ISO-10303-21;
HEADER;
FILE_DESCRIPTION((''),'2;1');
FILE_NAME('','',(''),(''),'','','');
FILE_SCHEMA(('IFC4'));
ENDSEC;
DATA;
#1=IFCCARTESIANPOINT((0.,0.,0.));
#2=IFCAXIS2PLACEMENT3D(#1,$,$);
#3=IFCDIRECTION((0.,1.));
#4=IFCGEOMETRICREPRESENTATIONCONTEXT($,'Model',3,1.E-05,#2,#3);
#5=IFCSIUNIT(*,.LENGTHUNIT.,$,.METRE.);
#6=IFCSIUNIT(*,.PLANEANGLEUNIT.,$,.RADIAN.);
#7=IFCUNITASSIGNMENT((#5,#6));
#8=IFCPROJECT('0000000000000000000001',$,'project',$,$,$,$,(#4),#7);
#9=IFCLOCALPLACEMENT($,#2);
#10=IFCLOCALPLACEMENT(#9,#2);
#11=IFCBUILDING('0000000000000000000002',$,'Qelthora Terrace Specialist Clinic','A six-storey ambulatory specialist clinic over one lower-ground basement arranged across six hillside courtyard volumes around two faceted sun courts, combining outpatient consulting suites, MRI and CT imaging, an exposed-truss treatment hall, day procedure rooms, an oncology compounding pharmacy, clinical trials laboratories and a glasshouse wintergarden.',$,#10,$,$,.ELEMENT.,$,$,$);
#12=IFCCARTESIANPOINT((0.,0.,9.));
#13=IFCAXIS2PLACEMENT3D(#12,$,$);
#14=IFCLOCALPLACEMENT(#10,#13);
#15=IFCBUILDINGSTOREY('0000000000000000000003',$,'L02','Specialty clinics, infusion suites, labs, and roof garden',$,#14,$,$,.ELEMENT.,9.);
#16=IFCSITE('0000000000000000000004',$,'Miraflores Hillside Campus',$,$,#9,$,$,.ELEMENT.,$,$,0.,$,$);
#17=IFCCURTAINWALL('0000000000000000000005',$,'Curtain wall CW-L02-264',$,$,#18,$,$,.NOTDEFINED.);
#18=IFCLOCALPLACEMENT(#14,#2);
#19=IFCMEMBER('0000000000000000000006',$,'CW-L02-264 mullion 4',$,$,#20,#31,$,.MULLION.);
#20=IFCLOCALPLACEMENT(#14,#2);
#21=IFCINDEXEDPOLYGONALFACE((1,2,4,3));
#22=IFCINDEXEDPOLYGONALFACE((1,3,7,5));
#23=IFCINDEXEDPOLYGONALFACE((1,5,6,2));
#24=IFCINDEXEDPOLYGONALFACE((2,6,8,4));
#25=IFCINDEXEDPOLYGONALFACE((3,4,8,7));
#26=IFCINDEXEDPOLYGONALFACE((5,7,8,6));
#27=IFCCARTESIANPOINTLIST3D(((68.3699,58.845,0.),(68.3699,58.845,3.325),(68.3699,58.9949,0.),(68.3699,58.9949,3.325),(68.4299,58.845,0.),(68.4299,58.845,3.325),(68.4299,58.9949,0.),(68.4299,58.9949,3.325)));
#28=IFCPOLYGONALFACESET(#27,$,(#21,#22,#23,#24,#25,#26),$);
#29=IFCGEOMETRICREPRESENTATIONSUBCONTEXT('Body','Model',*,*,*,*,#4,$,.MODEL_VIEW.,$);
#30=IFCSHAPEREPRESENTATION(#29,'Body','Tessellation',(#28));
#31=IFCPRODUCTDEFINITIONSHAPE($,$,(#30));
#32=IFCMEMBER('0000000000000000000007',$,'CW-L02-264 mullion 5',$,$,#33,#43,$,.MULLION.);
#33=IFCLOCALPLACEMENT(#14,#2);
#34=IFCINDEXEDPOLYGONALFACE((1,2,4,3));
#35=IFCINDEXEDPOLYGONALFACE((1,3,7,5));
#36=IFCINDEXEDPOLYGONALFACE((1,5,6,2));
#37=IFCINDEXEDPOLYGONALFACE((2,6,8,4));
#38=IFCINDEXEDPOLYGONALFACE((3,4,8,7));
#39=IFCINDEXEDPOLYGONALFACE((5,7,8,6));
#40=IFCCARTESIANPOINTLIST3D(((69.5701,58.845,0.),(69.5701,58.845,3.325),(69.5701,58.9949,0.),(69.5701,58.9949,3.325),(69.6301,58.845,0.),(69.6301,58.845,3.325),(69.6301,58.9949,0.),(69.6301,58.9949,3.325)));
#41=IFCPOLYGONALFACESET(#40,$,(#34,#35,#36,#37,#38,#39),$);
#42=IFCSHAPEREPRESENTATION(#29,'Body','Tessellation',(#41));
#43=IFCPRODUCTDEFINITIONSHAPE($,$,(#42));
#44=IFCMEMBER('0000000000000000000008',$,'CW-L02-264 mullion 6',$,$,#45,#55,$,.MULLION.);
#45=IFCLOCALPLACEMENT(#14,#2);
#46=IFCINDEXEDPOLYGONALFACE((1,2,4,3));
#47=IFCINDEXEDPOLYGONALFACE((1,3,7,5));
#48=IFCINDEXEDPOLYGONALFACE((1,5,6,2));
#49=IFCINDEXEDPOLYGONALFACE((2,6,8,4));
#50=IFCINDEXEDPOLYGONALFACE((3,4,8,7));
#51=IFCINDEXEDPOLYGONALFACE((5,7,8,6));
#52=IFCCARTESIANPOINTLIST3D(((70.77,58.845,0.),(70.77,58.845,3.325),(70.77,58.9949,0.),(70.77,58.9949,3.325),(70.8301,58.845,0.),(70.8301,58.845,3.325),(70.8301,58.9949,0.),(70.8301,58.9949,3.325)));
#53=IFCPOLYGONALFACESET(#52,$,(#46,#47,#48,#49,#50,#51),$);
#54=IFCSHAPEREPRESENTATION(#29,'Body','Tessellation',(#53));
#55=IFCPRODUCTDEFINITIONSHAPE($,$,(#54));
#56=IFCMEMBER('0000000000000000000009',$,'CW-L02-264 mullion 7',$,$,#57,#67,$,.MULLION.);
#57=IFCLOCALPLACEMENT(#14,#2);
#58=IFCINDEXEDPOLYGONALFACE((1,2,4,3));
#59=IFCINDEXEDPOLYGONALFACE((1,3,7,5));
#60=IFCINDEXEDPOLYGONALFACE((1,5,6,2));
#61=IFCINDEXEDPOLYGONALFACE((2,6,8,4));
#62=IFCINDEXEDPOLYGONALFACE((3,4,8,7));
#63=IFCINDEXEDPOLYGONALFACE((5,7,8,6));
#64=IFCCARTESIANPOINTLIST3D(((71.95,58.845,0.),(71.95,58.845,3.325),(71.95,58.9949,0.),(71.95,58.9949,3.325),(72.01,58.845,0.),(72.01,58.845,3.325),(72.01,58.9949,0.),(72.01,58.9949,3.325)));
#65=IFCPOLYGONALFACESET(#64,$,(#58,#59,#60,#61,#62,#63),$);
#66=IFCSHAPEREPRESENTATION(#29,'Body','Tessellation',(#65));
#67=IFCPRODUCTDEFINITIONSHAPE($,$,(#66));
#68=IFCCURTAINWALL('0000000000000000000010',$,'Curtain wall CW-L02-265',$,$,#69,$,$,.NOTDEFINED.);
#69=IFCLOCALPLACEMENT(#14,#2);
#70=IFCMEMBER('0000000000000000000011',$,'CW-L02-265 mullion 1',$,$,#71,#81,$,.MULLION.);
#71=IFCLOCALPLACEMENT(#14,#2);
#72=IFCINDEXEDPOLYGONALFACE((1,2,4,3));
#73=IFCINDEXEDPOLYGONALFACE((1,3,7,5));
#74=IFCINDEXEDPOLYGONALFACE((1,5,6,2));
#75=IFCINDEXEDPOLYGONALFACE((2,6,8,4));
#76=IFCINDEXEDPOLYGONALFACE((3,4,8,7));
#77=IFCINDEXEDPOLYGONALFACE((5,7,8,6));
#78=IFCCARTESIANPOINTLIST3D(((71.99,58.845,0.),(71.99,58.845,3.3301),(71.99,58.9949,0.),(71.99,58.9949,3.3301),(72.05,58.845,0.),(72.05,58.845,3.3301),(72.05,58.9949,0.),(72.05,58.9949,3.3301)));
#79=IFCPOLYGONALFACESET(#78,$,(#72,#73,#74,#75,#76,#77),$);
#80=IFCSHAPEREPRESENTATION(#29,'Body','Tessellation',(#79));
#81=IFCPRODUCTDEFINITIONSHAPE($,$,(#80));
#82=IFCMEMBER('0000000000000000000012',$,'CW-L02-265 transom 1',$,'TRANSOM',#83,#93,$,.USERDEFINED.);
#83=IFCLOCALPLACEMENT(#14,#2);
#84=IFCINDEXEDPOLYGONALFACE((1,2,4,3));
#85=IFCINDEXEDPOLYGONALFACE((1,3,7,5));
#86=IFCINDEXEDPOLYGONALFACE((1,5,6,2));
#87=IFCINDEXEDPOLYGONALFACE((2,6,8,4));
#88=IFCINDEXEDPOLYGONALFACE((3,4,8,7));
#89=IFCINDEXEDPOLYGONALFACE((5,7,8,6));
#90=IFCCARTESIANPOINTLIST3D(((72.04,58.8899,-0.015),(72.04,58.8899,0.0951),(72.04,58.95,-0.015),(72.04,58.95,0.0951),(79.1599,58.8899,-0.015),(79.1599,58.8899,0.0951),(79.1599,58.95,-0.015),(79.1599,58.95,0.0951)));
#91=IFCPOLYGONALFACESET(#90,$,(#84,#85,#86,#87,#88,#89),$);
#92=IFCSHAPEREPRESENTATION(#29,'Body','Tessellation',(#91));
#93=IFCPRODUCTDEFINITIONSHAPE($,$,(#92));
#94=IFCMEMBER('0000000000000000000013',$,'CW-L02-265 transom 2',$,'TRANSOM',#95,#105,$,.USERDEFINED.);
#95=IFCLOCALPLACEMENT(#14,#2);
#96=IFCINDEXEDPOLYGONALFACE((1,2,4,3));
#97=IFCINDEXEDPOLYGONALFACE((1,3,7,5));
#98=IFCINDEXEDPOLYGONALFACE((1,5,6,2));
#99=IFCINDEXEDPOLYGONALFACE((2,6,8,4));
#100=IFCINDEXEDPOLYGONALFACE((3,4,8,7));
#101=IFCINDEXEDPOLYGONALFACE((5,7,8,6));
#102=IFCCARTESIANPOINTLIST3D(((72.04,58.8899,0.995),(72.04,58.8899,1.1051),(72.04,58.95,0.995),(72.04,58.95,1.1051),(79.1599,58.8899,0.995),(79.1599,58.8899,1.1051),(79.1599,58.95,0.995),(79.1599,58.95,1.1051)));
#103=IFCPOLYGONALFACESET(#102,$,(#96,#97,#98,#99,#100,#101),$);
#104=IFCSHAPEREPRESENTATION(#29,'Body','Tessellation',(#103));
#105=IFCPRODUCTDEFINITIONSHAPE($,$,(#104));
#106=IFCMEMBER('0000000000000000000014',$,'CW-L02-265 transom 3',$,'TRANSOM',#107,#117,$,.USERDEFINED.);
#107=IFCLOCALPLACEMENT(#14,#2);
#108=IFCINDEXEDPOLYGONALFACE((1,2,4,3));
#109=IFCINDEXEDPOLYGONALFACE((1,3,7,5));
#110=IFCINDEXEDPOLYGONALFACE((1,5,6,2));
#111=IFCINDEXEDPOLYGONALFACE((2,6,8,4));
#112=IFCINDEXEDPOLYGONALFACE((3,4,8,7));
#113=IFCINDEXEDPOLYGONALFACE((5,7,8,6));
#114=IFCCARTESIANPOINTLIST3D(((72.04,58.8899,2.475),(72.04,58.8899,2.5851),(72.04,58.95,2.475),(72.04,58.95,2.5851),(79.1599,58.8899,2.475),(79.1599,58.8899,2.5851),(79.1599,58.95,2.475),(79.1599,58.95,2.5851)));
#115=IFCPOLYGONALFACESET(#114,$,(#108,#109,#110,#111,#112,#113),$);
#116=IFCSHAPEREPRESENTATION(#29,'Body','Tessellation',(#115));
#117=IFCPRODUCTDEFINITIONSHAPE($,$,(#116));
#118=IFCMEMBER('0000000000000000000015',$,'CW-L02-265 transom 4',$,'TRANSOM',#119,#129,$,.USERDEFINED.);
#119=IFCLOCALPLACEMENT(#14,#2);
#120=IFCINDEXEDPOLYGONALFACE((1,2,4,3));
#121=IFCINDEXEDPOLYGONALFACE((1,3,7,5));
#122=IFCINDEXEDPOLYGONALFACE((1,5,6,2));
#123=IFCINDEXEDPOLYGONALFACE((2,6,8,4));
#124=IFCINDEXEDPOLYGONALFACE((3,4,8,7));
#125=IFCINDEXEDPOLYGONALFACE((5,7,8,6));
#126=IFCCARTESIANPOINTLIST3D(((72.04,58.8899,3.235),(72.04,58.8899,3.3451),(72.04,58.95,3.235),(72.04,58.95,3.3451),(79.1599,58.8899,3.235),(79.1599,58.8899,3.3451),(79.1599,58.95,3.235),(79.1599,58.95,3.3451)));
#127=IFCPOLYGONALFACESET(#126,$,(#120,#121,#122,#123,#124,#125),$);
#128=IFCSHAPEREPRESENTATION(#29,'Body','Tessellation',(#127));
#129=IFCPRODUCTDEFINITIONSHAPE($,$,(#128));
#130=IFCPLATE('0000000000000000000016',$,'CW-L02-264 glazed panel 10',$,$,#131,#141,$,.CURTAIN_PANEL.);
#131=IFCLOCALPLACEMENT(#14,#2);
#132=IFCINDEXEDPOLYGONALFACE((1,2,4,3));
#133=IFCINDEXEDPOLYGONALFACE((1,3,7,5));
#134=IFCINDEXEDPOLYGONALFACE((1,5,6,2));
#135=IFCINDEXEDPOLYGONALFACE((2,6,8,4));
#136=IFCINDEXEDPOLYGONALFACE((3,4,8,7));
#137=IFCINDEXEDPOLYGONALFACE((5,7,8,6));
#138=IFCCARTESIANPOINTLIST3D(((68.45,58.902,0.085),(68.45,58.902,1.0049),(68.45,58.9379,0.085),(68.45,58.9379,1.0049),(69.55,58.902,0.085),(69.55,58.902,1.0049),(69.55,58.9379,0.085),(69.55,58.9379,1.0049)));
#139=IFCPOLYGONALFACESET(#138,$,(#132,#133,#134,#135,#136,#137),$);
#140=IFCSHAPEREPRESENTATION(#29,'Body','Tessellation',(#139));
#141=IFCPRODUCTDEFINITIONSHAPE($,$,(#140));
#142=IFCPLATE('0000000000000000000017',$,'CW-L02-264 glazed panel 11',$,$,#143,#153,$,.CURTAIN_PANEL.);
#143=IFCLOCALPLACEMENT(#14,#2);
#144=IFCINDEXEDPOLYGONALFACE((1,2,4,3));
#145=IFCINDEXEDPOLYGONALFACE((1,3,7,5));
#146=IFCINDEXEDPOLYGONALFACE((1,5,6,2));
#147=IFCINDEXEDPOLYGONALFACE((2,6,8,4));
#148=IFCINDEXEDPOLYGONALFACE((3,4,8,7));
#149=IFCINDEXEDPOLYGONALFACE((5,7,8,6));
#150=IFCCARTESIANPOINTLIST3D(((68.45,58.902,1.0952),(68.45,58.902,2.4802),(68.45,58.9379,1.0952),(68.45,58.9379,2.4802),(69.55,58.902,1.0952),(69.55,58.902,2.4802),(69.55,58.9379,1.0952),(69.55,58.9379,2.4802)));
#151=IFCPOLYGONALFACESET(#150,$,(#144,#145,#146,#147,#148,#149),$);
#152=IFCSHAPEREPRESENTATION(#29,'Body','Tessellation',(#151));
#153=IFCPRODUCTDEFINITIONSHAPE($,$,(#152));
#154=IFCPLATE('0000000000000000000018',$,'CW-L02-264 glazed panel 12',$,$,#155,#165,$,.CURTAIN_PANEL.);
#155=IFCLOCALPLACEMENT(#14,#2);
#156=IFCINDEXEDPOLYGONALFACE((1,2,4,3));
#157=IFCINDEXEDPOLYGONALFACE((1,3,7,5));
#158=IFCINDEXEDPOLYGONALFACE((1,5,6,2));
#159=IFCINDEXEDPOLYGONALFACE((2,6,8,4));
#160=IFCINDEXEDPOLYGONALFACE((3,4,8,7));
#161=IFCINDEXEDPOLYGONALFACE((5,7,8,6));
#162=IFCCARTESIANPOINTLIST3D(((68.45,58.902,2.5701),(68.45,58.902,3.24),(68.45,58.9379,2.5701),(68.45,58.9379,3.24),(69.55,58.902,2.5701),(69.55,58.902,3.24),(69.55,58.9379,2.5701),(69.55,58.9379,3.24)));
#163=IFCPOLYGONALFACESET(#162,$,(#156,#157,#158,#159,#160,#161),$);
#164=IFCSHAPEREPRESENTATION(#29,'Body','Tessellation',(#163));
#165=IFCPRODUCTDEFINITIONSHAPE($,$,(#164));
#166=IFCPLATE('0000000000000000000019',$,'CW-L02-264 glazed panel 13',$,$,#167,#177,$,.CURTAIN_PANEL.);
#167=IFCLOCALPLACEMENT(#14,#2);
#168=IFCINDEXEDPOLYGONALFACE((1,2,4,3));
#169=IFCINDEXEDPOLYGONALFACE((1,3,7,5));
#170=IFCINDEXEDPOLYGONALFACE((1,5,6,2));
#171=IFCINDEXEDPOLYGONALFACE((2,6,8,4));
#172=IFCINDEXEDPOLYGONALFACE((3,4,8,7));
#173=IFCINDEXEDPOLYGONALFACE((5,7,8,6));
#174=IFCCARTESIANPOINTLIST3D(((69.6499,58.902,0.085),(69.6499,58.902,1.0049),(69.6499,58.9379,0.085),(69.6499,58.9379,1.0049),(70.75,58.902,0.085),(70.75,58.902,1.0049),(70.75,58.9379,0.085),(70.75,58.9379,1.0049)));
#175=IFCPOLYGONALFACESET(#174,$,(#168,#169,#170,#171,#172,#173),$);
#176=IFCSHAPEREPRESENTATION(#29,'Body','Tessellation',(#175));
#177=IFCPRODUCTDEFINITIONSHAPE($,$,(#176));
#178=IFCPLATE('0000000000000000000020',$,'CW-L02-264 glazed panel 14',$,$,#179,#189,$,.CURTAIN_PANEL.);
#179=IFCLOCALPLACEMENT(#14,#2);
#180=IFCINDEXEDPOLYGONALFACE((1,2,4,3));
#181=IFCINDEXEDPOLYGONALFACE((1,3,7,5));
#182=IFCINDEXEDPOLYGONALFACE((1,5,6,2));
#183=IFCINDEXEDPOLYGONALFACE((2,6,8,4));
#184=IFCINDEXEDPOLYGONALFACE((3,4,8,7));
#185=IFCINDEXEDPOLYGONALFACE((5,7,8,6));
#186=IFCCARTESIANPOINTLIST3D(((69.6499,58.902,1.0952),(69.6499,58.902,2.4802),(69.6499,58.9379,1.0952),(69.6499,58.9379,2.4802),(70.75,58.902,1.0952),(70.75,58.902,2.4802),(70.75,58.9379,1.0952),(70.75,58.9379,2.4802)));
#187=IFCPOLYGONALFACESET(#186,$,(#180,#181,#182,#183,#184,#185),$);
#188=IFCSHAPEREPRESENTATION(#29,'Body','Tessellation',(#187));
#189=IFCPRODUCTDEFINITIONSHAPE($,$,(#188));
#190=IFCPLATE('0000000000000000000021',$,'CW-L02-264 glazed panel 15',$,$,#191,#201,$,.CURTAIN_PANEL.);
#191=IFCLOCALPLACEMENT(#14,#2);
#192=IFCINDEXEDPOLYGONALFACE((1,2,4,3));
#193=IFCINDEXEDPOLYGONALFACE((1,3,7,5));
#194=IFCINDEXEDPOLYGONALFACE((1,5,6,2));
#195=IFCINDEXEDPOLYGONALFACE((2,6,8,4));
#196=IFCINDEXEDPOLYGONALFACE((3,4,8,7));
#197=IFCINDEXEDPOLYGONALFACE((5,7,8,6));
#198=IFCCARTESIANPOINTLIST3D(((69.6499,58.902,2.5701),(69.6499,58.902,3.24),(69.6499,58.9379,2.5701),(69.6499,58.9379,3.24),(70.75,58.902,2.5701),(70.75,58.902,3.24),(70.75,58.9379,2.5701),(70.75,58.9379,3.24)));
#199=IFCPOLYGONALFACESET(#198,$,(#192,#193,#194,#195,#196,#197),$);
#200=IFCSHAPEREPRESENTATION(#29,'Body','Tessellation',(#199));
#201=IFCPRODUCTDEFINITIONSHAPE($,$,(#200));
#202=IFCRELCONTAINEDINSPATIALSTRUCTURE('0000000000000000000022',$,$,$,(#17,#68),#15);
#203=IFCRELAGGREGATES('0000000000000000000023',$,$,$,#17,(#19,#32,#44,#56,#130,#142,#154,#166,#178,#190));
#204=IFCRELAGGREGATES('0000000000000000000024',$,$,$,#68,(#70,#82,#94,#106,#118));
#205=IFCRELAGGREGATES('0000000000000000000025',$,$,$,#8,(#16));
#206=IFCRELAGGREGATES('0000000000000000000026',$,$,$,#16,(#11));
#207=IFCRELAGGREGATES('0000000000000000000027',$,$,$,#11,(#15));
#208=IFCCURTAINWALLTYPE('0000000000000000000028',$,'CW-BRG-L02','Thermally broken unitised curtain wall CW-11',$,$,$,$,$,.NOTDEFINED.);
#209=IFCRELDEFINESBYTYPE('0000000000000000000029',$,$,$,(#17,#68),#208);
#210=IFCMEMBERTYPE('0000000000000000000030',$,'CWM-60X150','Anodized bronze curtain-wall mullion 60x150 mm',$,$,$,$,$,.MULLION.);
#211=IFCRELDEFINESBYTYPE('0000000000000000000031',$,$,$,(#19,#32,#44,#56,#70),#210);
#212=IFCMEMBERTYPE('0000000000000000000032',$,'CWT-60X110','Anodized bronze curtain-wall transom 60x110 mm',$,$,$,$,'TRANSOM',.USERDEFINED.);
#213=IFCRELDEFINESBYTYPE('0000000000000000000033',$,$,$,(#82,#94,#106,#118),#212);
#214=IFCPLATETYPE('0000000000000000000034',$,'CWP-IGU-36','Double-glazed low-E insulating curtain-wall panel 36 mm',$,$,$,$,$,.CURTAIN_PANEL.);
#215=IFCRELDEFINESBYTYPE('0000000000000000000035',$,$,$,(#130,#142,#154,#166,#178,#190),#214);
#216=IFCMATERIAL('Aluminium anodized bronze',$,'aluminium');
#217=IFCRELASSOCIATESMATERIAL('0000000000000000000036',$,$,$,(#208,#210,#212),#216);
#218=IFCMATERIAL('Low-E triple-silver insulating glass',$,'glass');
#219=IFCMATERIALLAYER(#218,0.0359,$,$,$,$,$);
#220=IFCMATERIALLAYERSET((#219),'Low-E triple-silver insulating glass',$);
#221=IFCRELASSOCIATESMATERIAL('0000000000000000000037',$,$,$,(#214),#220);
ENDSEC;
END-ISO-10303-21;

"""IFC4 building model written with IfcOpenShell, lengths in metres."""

from ifc_helpers import new_model, si_unit, direction, frame, origin, origin_2d, place, context, subcontext, project, spatial, rectangle, extrude, material, layer, layer_set, material_profile, profile_set, type_object, element, aggregate, save


model = new_model("IFC4")

# Units and contexts
model_context = context("Model", 3, precision=1e-05, world=origin(), true_north=direction((0.0, 1.0)))
body_context = subcontext(model_context, "Body", "Model", "MODEL_VIEW")
ifc_project = project(units=[si_unit("LENGTHUNIT", "METRE"), si_unit("PLANEANGLEUNIT", "RADIAN")], contexts=[model_context])

# Site, building, storey
site_placement = place(None, origin())
site = spatial("IfcSite", under=ifc_project, at=site_placement, Name="Miraflores Hillside Campus", CompositionType="ELEMENT", RefElevation=0.0)
building_placement = place(site_placement, origin())
building = spatial("IfcBuilding", under=site, at=building_placement, Name="Qelthora Terrace Specialist Clinic", Description="A six-storey ambulatory specialist clinic over one lower-ground basement arranged across six hillside courtyard volumes around two faceted sun courts, combining outpatient consulting suites, MRI and CT imaging, an exposed-truss treatment hall, day procedure rooms, an oncology compounding pharmacy, clinical trials laboratories and a glasshouse wintergarden.", CompositionType="ELEMENT")
storey_placement = place(building_placement, frame((0.0, 0.0, 9.0)))
storey = spatial("IfcBuildingStorey", under=building, at=storey_placement, Name="L02", Description="Specialty clinics, infusion suites, labs, and roof garden", CompositionType="ELEMENT", Elevation=9.0)

# Curtain walls, members
ifc_material_1 = material(Name="Aluminium anodized bronze", Category="aluminium")
curtain_wall_type = type_object("IfcCurtainWallType", Name="CW-BRG-L02", Description="Thermally broken unitised curtain wall CW-11", PredefinedType="NOTDEFINED", material=ifc_material_1)
curtain_wall_1_placement = place(storey_placement, origin())
curtain_wall_1 = element("IfcCurtainWall", 1, at=curtain_wall_1_placement, inside=storey, type_object=curtain_wall_type, Name="Curtain wall CW-L02-264", PredefinedType="NOTDEFINED")
ifc_material_profile_1 = material_profile(ifc_material_1, rectangle(XDim=0.0601, YDim=0.1499, at=origin_2d()), Name="CWM60X150")
ifc_profile_set_1 = profile_set([ifc_material_profile_1], Name="Aluminium anodized bronze")
member_type_1 = type_object("IfcMemberType", Name="CWM-60X150", Description="Anodized bronze curtain-wall mullion 60x150 mm", PredefinedType="MULLION", material=ifc_profile_set_1)
member_1_placement = place(storey_placement, frame((68.3999, 58.9199, 0.0), z_axis=(0.0, 0.0, 1.0), x_axis=(1.0, 0.0, 0.0)))
member_1 = element("IfcMember", 2, at=member_1_placement, type_object=member_type_1, Name="CW-L02-264 mullion 4", PredefinedType="MULLION", context=body_context, shape_type="SweptSolid", body=[
    extrude(rectangle(XDim=0.0601, YDim=0.1499, at=origin_2d()), origin(), (0.0, 0.0, 1.0), 3.325),
])
member_2_placement = place(storey_placement, frame((69.6001, 58.9199, 0.0), z_axis=(0.0, 0.0, 1.0), x_axis=(1.0, 0.0, 0.0)))
member_2 = element("IfcMember", 3, at=member_2_placement, type_object=member_type_1, Name="CW-L02-264 mullion 5", PredefinedType="MULLION", context=body_context, shape_type="SweptSolid", body=[
    extrude(rectangle(XDim=0.0601, YDim=0.1499, at=origin_2d()), origin(), (0.0, 0.0, 1.0), 3.325),
])
member_3_placement = place(storey_placement, frame((70.8, 58.9199, 0.0), z_axis=(0.0, 0.0, 1.0), x_axis=(1.0, 0.0, 0.0)))
member_3 = element("IfcMember", 4, at=member_3_placement, type_object=member_type_1, Name="CW-L02-264 mullion 6", PredefinedType="MULLION", context=body_context, shape_type="SweptSolid", body=[
    extrude(rectangle(XDim=0.0601, YDim=0.1499, at=origin_2d()), origin(), (0.0, 0.0, 1.0), 3.325),
])
member_4_placement = place(storey_placement, frame((71.98, 58.9199, 0.0), z_axis=(0.0, 0.0, 1.0), x_axis=(1.0, 0.0, 0.0)))
member_4 = element("IfcMember", 5, at=member_4_placement, type_object=member_type_1, Name="CW-L02-264 mullion 7", PredefinedType="MULLION", context=body_context, shape_type="SweptSolid", body=[
    extrude(rectangle(XDim=0.0601, YDim=0.1499, at=origin_2d()), origin(), (0.0, 0.0, 1.0), 3.325),
])
curtain_wall_2_placement = place(storey_placement, origin())
curtain_wall_2 = element("IfcCurtainWall", 6, at=curtain_wall_2_placement, inside=storey, type_object=curtain_wall_type, Name="Curtain wall CW-L02-265", PredefinedType="NOTDEFINED")
member_5_placement = place(storey_placement, frame((72.02, 58.9199, 0.0), z_axis=(0.0, 0.0, 1.0), x_axis=(1.0, 0.0, 0.0)))
member_5 = element("IfcMember", 7, at=member_5_placement, type_object=member_type_1, Name="CW-L02-265 mullion 1", PredefinedType="MULLION", context=body_context, shape_type="SweptSolid", body=[
    extrude(rectangle(XDim=0.0601, YDim=0.1499, at=origin_2d()), origin(), (0.0, 0.0, 1.0), 3.3301),
])
ifc_material_profile_2 = material_profile(ifc_material_1, rectangle(XDim=0.0601, YDim=0.1101, at=origin_2d()), Name="CWT60X110")
ifc_profile_set_2 = profile_set([ifc_material_profile_2], Name="Aluminium anodized bronze")
member_type_2 = type_object("IfcMemberType", Name="CWT-60X110", Description="Anodized bronze curtain-wall transom 60x110 mm", ElementType="TRANSOM", PredefinedType="USERDEFINED", material=ifc_profile_set_2)
member_6_placement = place(storey_placement, frame((72.04, 58.9199, 0.04), z_axis=(1.0, 0.0, 0.0), x_axis=(0.0, 1.0, 0.0)))
member_6 = element("IfcMember", 8, at=member_6_placement, type_object=member_type_2, Name="CW-L02-265 transom 1", ObjectType="TRANSOM", PredefinedType="USERDEFINED", context=body_context, shape_type="SweptSolid", body=[
    extrude(rectangle(XDim=0.0601, YDim=0.1101, at=origin_2d()), origin(), (0.0, 0.0, 1.0), 7.1199),
])
member_7_placement = place(storey_placement, frame((72.04, 58.9199, 1.05), z_axis=(1.0, 0.0, 0.0), x_axis=(0.0, 1.0, 0.0)))
member_7 = element("IfcMember", 9, at=member_7_placement, type_object=member_type_2, Name="CW-L02-265 transom 2", ObjectType="TRANSOM", PredefinedType="USERDEFINED", context=body_context, shape_type="SweptSolid", body=[
    extrude(rectangle(XDim=0.0601, YDim=0.1101, at=origin_2d()), origin(), (0.0, 0.0, 1.0), 7.1199),
])
member_8_placement = place(storey_placement, frame((72.04, 58.9199, 2.53), z_axis=(1.0, 0.0, 0.0), x_axis=(0.0, 1.0, 0.0)))
member_8 = element("IfcMember", 10, at=member_8_placement, type_object=member_type_2, Name="CW-L02-265 transom 3", ObjectType="TRANSOM", PredefinedType="USERDEFINED", context=body_context, shape_type="SweptSolid", body=[
    extrude(rectangle(XDim=0.0601, YDim=0.1101, at=origin_2d()), origin(), (0.0, 0.0, 1.0), 7.1199),
])
member_9_placement = place(storey_placement, frame((72.04, 58.9199, 3.29), z_axis=(1.0, 0.0, 0.0), x_axis=(0.0, 1.0, 0.0)))
member_9 = element("IfcMember", 11, at=member_9_placement, type_object=member_type_2, Name="CW-L02-265 transom 4", ObjectType="TRANSOM", PredefinedType="USERDEFINED", context=body_context, shape_type="SweptSolid", body=[
    extrude(rectangle(XDim=0.0601, YDim=0.1101, at=origin_2d()), origin(), (0.0, 0.0, 1.0), 7.1199),
])

# Plates
ifc_material_2 = material(Name="Low-E triple-silver insulating glass", Category="glass")
ifc_layer = layer(ifc_material_2, 0.0359)
ifc_layer_set = layer_set([ifc_layer], Name="Low-E triple-silver insulating glass")
plate_type = type_object("IfcPlateType", Name="CWP-IGU-36", Description="Double-glazed low-E insulating curtain-wall panel 36 mm", PredefinedType="CURTAIN_PANEL", material=ifc_layer_set)
plate_1_placement = place(storey_placement, frame((69.0, 58.9199, 0.085), z_axis=(0.0, 0.0, 1.0), x_axis=(1.0, 0.0, 0.0)))
plate_1 = element("IfcPlate", 12, at=plate_1_placement, type_object=plate_type, Name="CW-L02-264 glazed panel 10", PredefinedType="CURTAIN_PANEL", context=body_context, shape_type="SweptSolid", body=[
    extrude(rectangle(XDim=1.1001, YDim=0.0359, at=origin_2d()), origin(), (0.0, 0.0, 1.0), 0.9199),
])
plate_2_placement = place(storey_placement, frame((69.0, 58.9199, 1.0952), z_axis=(0.0, 0.0, 1.0), x_axis=(1.0, 0.0, 0.0)))
plate_2 = element("IfcPlate", 13, at=plate_2_placement, type_object=plate_type, Name="CW-L02-264 glazed panel 11", PredefinedType="CURTAIN_PANEL", context=body_context, shape_type="SweptSolid", body=[
    extrude(rectangle(XDim=1.1001, YDim=0.0359, at=origin_2d()), origin(), (0.0, 0.0, 1.0), 1.385),
])
plate_3_placement = place(storey_placement, frame((69.0, 58.9199, 2.5701), z_axis=(0.0, 0.0, 1.0), x_axis=(1.0, 0.0, 0.0)))
plate_3 = element("IfcPlate", 14, at=plate_3_placement, type_object=plate_type, Name="CW-L02-264 glazed panel 12", PredefinedType="CURTAIN_PANEL", context=body_context, shape_type="SweptSolid", body=[
    extrude(rectangle(XDim=1.1001, YDim=0.0359, at=origin_2d()), origin(), (0.0, 0.0, 1.0), 0.6699),
])
plate_4_placement = place(storey_placement, frame((70.2, 58.9199, 0.085), z_axis=(0.0, 0.0, 1.0), x_axis=(1.0, 0.0, 0.0)))
plate_4 = element("IfcPlate", 15, at=plate_4_placement, type_object=plate_type, Name="CW-L02-264 glazed panel 13", PredefinedType="CURTAIN_PANEL", context=body_context, shape_type="SweptSolid", body=[
    extrude(rectangle(XDim=1.1001, YDim=0.0359, at=origin_2d()), origin(), (0.0, 0.0, 1.0), 0.9199),
])
plate_5_placement = place(storey_placement, frame((70.2, 58.9199, 1.0952), z_axis=(0.0, 0.0, 1.0), x_axis=(1.0, 0.0, 0.0)))
plate_5 = element("IfcPlate", 16, at=plate_5_placement, type_object=plate_type, Name="CW-L02-264 glazed panel 14", PredefinedType="CURTAIN_PANEL", context=body_context, shape_type="SweptSolid", body=[
    extrude(rectangle(XDim=1.1001, YDim=0.0359, at=origin_2d()), origin(), (0.0, 0.0, 1.0), 1.385),
])
plate_6_placement = place(storey_placement, frame((70.2, 58.9199, 2.5701), z_axis=(0.0, 0.0, 1.0), x_axis=(1.0, 0.0, 0.0)))
plate_6 = element("IfcPlate", 17, at=plate_6_placement, type_object=plate_type, Name="CW-L02-264 glazed panel 15", PredefinedType="CURTAIN_PANEL", context=body_context, shape_type="SweptSolid", body=[
    extrude(rectangle(XDim=1.1001, YDim=0.0359, at=origin_2d()), origin(), (0.0, 0.0, 1.0), 0.6699),
])
aggregate(curtain_wall_1, [member_1, member_2, member_3, member_4, plate_1, plate_2, plate_3, plate_4, plate_5, plate_6])
aggregate(curtain_wall_2, [member_5, member_6, member_7, member_8, member_9])

save(model, "model.ifc")
